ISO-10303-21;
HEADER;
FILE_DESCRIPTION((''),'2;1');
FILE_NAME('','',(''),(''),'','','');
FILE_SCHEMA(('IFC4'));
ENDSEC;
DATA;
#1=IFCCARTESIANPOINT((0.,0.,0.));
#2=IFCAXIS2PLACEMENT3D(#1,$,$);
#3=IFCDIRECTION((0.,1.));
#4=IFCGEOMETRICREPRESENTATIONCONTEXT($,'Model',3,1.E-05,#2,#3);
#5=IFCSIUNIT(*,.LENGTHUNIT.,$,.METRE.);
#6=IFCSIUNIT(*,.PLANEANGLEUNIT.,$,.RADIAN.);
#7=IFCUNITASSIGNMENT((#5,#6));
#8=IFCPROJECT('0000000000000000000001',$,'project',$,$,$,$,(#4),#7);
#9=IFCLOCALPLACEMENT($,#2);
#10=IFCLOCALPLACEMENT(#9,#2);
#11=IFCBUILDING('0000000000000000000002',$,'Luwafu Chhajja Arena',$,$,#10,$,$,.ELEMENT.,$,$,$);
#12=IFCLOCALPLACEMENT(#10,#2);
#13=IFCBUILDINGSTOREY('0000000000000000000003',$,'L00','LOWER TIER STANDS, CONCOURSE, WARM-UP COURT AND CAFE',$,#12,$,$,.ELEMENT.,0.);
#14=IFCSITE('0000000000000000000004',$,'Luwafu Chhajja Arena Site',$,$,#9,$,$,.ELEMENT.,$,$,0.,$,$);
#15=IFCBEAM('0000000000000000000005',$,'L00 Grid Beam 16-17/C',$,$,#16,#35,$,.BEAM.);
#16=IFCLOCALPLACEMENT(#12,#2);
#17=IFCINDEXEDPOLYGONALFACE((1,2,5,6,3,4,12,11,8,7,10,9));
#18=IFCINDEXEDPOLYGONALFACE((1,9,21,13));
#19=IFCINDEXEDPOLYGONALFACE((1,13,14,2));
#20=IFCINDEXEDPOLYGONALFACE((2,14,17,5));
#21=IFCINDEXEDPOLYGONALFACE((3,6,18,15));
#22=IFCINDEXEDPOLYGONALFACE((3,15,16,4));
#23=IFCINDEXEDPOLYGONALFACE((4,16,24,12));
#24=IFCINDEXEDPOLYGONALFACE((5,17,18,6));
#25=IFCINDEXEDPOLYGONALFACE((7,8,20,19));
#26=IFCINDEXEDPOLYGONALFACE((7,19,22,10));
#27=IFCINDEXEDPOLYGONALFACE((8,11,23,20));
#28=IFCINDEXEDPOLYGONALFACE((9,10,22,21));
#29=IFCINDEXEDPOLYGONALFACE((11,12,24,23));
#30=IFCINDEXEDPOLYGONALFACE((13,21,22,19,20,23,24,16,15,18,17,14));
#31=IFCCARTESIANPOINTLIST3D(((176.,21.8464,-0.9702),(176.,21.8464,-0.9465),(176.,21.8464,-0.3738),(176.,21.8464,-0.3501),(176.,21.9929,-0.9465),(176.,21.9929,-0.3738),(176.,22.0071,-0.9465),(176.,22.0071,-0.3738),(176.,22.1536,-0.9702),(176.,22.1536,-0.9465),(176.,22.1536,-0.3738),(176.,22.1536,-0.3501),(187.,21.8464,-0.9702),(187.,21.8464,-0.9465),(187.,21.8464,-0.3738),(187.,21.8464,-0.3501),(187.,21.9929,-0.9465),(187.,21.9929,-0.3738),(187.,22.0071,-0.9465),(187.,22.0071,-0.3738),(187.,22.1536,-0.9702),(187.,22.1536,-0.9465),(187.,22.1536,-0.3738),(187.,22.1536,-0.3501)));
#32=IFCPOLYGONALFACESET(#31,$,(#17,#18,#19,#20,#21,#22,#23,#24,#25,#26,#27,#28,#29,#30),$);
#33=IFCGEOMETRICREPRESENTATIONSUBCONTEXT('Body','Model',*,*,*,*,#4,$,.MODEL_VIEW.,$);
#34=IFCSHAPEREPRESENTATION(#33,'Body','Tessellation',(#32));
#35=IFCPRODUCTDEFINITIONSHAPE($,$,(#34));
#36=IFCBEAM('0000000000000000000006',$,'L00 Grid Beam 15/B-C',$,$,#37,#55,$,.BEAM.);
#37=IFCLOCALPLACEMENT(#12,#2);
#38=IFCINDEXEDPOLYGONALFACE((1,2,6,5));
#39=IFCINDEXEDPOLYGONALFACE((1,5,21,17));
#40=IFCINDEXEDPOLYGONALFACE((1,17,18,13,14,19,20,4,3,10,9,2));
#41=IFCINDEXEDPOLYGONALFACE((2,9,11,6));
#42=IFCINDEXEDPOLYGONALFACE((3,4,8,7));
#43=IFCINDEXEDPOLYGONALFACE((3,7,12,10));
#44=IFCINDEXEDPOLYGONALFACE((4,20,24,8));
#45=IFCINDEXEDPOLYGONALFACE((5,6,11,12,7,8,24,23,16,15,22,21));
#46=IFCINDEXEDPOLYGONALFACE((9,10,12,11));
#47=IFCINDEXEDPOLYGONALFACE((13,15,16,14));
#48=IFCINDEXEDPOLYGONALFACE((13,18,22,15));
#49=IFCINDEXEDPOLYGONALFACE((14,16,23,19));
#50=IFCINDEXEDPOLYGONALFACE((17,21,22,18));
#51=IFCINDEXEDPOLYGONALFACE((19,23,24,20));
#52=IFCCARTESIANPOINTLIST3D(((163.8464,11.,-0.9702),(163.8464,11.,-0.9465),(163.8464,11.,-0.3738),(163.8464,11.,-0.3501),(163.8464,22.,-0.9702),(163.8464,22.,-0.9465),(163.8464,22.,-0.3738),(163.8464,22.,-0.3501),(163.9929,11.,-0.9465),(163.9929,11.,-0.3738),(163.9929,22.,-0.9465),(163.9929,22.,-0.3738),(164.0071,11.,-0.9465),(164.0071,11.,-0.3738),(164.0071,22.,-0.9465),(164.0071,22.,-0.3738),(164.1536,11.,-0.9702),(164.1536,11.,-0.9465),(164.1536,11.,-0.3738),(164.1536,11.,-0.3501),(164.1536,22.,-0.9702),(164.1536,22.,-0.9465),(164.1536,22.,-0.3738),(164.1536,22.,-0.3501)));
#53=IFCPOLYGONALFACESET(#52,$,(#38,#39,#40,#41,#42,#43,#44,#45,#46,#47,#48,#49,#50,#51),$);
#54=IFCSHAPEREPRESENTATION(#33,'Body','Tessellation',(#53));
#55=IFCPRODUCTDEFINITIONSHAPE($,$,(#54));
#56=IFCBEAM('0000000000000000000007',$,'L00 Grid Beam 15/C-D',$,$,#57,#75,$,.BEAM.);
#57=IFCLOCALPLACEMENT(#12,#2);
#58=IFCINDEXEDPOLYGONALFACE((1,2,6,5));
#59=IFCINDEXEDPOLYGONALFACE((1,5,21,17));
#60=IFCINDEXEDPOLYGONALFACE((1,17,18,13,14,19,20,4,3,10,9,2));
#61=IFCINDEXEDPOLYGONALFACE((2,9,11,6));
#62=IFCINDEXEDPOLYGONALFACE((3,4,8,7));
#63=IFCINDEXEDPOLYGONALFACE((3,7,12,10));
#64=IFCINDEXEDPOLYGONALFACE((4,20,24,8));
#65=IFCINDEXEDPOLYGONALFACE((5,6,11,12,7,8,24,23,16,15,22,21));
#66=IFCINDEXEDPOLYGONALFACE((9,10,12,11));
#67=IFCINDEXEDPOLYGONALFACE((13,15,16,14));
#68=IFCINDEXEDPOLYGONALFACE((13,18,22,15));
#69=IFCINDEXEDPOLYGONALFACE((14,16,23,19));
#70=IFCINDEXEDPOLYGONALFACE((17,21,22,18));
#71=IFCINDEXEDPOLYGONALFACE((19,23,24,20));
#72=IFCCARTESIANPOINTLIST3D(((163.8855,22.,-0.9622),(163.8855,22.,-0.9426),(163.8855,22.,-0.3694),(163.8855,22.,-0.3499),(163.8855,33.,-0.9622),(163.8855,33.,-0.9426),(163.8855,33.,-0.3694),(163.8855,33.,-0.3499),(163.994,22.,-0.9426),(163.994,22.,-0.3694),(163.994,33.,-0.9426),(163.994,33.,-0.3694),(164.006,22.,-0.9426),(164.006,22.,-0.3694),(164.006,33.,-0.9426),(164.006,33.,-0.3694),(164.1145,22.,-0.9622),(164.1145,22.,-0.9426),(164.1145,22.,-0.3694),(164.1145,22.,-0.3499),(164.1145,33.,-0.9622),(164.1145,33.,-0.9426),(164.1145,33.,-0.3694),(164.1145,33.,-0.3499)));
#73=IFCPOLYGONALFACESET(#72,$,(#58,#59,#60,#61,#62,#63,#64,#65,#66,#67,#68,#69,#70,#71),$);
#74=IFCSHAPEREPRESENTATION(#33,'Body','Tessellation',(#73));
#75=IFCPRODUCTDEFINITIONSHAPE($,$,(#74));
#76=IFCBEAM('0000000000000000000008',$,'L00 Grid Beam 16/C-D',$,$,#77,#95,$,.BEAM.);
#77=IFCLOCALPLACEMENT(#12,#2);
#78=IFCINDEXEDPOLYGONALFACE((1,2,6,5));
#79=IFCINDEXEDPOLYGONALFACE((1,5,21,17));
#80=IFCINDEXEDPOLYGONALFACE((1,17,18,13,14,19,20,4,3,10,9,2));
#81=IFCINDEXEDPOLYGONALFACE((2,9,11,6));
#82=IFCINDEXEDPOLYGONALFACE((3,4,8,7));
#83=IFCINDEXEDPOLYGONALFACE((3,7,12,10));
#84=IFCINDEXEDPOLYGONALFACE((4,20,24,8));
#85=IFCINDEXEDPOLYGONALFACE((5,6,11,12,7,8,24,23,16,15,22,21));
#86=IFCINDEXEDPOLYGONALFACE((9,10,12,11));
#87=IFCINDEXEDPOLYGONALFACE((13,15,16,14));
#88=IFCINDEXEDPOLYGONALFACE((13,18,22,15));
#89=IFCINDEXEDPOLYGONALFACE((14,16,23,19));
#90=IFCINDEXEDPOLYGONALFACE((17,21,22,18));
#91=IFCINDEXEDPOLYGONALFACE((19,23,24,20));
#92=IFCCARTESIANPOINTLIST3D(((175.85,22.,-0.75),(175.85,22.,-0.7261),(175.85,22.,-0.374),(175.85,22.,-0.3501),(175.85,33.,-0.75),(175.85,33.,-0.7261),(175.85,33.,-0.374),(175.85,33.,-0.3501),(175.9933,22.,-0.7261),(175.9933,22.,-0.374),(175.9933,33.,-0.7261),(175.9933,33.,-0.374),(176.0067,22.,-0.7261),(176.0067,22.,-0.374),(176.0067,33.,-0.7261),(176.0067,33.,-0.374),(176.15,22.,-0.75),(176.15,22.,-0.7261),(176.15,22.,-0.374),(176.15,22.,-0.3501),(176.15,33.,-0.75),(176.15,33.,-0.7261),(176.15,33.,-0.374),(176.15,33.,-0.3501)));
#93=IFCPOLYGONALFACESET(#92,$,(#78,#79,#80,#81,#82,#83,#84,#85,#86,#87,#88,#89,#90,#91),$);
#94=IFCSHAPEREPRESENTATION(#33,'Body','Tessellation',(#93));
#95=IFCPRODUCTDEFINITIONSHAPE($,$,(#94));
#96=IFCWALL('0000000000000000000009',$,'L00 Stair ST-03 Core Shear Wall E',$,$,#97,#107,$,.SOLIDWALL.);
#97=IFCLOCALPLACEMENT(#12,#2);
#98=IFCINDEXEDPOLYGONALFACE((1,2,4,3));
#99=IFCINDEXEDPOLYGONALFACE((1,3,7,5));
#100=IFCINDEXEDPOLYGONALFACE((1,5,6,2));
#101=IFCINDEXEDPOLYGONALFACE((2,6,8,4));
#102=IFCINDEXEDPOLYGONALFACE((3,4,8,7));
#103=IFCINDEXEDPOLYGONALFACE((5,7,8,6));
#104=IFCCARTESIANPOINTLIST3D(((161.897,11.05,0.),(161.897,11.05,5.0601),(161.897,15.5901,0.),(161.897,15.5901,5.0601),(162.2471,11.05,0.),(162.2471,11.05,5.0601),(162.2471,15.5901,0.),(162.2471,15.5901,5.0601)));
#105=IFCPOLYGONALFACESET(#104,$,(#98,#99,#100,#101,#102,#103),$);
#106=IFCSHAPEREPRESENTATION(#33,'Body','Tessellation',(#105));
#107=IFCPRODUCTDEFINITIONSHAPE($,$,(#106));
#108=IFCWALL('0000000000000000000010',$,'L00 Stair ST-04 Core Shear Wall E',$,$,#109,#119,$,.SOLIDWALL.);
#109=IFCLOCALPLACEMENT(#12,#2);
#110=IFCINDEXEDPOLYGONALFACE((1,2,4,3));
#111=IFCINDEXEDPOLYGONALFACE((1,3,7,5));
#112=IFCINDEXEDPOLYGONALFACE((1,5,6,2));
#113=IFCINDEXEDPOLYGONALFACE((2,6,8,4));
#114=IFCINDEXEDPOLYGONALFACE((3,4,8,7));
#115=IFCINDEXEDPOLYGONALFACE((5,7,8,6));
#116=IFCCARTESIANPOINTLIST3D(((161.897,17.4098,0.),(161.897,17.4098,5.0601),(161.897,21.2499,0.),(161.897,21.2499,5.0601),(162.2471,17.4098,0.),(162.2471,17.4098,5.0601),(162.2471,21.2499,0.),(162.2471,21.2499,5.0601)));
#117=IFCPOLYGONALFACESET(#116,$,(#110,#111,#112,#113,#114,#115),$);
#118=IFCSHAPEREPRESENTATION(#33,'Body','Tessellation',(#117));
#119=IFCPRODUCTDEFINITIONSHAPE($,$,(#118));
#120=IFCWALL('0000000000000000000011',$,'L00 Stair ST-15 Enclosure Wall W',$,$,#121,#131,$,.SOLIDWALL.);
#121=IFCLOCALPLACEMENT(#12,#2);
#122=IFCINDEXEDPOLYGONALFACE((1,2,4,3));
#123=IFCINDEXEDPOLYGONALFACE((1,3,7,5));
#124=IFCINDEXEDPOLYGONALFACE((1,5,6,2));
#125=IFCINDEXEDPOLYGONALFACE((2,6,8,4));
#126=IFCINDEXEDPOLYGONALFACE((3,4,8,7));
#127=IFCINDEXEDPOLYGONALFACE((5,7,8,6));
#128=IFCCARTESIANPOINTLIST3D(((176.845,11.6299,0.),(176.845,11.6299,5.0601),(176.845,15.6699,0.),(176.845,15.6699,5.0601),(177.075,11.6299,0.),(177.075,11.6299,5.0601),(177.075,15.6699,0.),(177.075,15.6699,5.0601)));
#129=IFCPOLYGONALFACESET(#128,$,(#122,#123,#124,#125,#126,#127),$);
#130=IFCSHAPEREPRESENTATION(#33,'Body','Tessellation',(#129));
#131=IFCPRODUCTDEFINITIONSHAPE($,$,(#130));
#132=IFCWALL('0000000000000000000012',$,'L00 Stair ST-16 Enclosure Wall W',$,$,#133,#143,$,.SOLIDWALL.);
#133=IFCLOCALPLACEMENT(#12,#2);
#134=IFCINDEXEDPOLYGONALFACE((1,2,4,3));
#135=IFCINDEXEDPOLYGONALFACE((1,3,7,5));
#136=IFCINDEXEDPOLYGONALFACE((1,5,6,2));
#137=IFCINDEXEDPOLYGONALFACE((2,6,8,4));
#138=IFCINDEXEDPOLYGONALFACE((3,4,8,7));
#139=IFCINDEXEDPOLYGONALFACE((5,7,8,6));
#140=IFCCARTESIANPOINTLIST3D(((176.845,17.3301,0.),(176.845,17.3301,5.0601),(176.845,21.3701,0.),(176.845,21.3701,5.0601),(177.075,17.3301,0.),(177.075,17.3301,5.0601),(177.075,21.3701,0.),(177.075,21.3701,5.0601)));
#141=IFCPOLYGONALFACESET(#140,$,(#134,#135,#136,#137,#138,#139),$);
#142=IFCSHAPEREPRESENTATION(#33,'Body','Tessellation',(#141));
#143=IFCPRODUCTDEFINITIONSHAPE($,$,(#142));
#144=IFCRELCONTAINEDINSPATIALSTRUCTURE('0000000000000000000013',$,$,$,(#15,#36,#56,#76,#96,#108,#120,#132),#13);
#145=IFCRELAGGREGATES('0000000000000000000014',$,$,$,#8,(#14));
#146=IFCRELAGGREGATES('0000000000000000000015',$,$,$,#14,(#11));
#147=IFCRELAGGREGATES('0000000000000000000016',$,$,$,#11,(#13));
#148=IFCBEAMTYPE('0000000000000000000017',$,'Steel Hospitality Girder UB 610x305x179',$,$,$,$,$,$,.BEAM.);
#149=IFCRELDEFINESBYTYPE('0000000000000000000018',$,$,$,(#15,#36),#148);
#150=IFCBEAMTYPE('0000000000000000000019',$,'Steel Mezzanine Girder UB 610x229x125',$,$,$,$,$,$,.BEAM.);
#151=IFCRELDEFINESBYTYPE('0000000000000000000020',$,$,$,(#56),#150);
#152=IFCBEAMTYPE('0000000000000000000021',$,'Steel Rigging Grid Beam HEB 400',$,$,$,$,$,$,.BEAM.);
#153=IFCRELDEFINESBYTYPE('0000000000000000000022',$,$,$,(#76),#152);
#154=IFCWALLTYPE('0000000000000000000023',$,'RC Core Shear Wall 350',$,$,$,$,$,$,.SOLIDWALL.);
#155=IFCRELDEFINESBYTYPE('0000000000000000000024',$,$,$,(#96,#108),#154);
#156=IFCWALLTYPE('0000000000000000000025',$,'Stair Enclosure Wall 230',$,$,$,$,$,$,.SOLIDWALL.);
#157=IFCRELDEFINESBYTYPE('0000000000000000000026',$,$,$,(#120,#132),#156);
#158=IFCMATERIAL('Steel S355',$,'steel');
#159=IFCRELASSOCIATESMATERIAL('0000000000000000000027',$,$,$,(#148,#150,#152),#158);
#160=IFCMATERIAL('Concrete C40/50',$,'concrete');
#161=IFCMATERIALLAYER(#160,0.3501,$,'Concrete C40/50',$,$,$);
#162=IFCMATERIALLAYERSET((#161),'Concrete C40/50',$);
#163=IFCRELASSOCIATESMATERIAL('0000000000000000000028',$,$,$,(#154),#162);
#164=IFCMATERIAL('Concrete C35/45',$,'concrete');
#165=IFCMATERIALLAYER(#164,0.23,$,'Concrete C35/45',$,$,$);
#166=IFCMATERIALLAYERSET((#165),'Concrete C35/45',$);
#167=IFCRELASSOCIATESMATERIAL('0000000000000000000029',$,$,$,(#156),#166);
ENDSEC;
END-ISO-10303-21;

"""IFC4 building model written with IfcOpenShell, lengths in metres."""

from ifc_helpers import new_model, si_unit, direction, frame, frame_2d, origin, origin_2d, place, context, subcontext, project, spatial, rectangle, i_section, extrude, material, layer, layer_set, material_profile, profile_set, type_object, element, save


model = new_model("IFC4")

# Units and contexts
model_context = context("Model", 3, precision=1e-05, world=origin(), true_north=direction((0.0, 1.0)))
body_context = subcontext(model_context, "Body", "Model", "MODEL_VIEW")
ifc_project = project(units=[si_unit("LENGTHUNIT", "METRE"), si_unit("PLANEANGLEUNIT", "RADIAN")], contexts=[model_context])

# Site, building, storey
site_placement = place(None, origin())
site = spatial("IfcSite", under=ifc_project, at=site_placement, Name="Luwafu Chhajja Arena Site", CompositionType="ELEMENT", RefElevation=0.0)
building_placement = place(site_placement, origin())
building = spatial("IfcBuilding", under=site, at=building_placement, Name="Luwafu Chhajja Arena", CompositionType="ELEMENT")
storey_placement = place(building_placement, origin())
storey = spatial("IfcBuildingStorey", under=building, at=storey_placement, Name="L00", Description="LOWER TIER STANDS, CONCOURSE, WARM-UP COURT AND CAFE", CompositionType="ELEMENT", Elevation=0.0)

# Shared definitions
ifc_material_1 = material(Name="Concrete C35/45", Category="concrete")
ifc_material_2 = material(Name="Concrete C40/50", Category="concrete")

# Shared definitions
ifc_material_3 = material(Name="Steel S355", Category="steel")

# Beams
ifc_material_profile_1 = material_profile(ifc_material_3, i_section(OverallWidth=0.3071, OverallDepth=0.6201, WebThickness=0.0142, FlangeThickness=0.0237, at=origin_2d()), Name="UB 610x305x179")
ifc_profile_set_1 = profile_set([ifc_material_profile_1], Name="Steel S355")
beam_type_1 = type_object("IfcBeamType", Name="Steel Hospitality Girder UB 610x305x179", PredefinedType="BEAM", material=ifc_profile_set_1)
for number, where, z_axis, x_axis, name in (
    (1, (176.0, 22.0, -0.6602), (1.0, 0.0, 0.0), (0.0, 1.0, 0.0), "L00 Grid Beam 16-17/C"),
    (2, (164.0, 11.0, -0.6602), (0.0, 1.0, 0.0), (-1.0, 0.0, 0.0), "L00 Grid Beam 15/B-C"),
):
    element("IfcBeam", number, at=place(storey_placement, frame(where, z_axis=z_axis, x_axis=x_axis)), inside=storey, type_object=beam_type_1, Name=name, PredefinedType="BEAM", context=body_context, shape_type="SweptSolid", body=[
        extrude(i_section(OverallWidth=0.3071, OverallDepth=0.6201, WebThickness=0.0142, FlangeThickness=0.0237, at=origin_2d()), origin(), (0.0, 0.0, 1.0), 11.0),
    ])
ifc_material_profile_2 = material_profile(ifc_material_3, i_section(OverallWidth=0.229, OverallDepth=0.6123, WebThickness=0.012, FlangeThickness=0.0195, at=origin_2d()), Name="UB 610x229x125")
ifc_profile_set_2 = profile_set([ifc_material_profile_2], Name="Steel S355")
beam_type_2 = type_object("IfcBeamType", Name="Steel Mezzanine Girder UB 610x229x125", PredefinedType="BEAM", material=ifc_profile_set_2)
beam_1_placement = place(storey_placement, frame((164.0, 22.0, -0.656), z_axis=(0.0, 1.0, 0.0), x_axis=(-1.0, 0.0, 0.0)))
element("IfcBeam", 3, at=beam_1_placement, inside=storey, type_object=beam_type_2, Name="L00 Grid Beam 15/C-D", PredefinedType="BEAM", context=body_context, shape_type="SweptSolid", body=[
    extrude(i_section(OverallWidth=0.229, OverallDepth=0.6123, WebThickness=0.012, FlangeThickness=0.0195, at=origin_2d()), origin(), (0.0, 0.0, 1.0), 11.0),
])
ifc_material_profile_3 = material_profile(ifc_material_3, i_section(OverallWidth=0.3, OverallDepth=0.3999, WebThickness=0.0134, FlangeThickness=0.0239, at=origin_2d()), Name="HEB 400")
ifc_profile_set_3 = profile_set([ifc_material_profile_3], Name="Steel S355")
beam_type_3 = type_object("IfcBeamType", Name="Steel Rigging Grid Beam HEB 400", PredefinedType="BEAM", material=ifc_profile_set_3)
beam_2_placement = place(storey_placement, frame((176.0, 22.0, -0.55), z_axis=(0.0, 1.0, 0.0), x_axis=(-1.0, 0.0, 0.0)))
element("IfcBeam", 4, at=beam_2_placement, inside=storey, type_object=beam_type_3, Name="L00 Grid Beam 16/C-D", PredefinedType="BEAM", context=body_context, shape_type="SweptSolid", body=[
    extrude(i_section(OverallWidth=0.3, OverallDepth=0.3999, WebThickness=0.0134, FlangeThickness=0.0239, at=origin_2d()), origin(), (0.0, 0.0, 1.0), 11.0),
])

# Walls
ifc_layer_1 = layer(ifc_material_2, 0.3501, Name="Concrete C40/50")
ifc_layer_set_1 = layer_set([ifc_layer_1], Name="Concrete C40/50")
wall_type_1 = type_object("IfcWallType", Name="RC Core Shear Wall 350", PredefinedType="SOLIDWALL", material=ifc_layer_set_1)
wall_1_placement = place(storey_placement, frame((162.072, 11.05, 0.0), z_axis=(0.0, 0.0, 1.0), x_axis=(0.0, 1.0, 0.0)))
element("IfcWall", 5, at=wall_1_placement, inside=storey, type_object=wall_type_1, Name="L00 Stair ST-03 Core Shear Wall E", PredefinedType="SOLIDWALL", context=body_context, shape_type="SweptSolid", body=[
    extrude(rectangle(XDim=4.54, YDim=0.3501, at=frame_2d((2.27, 0.0))), origin(), (0.0, 0.0, 1.0), 5.0601),
])
wall_2_placement = place(storey_placement, frame((162.072, 17.4099, 0.0), z_axis=(0.0, 0.0, 1.0), x_axis=(0.0, 1.0, 0.0)))
element("IfcWall", 6, at=wall_2_placement, inside=storey, type_object=wall_type_1, Name="L00 Stair ST-04 Core Shear Wall E", PredefinedType="SOLIDWALL", context=body_context, shape_type="SweptSolid", body=[
    extrude(rectangle(XDim=3.8401, YDim=0.3501, at=frame_2d((1.9199, 0.0))), origin(), (0.0, 0.0, 1.0), 5.0601),
])
ifc_layer_2 = layer(ifc_material_1, 0.23, Name="Concrete C35/45")
ifc_layer_set_2 = layer_set([ifc_layer_2], Name="Concrete C35/45")
wall_type_2 = type_object("IfcWallType", Name="Stair Enclosure Wall 230", PredefinedType="SOLIDWALL", material=ifc_layer_set_2)
for number, where, z_axis, x_axis, name in (
    (7, (176.96, 11.6299, 0.0), (0.0, 0.0, 1.0), (0.0, 1.0, 0.0), "L00 Stair ST-15 Enclosure Wall W"),
    (8, (176.96, 17.3301, 0.0), (0.0, 0.0, 1.0), (0.0, 1.0, 0.0), "L00 Stair ST-16 Enclosure Wall W"),
):
    element("IfcWall", number, at=place(storey_placement, frame(where, z_axis=z_axis, x_axis=x_axis)), inside=storey, type_object=wall_type_2, Name=name, PredefinedType="SOLIDWALL", context=body_context, shape_type="SweptSolid", body=[
        extrude(rectangle(XDim=4.04, YDim=0.23, at=frame_2d((2.02, 0.0))), origin(), (0.0, 0.0, 1.0), 5.0601),
    ])

save(model, "model.ifc")
